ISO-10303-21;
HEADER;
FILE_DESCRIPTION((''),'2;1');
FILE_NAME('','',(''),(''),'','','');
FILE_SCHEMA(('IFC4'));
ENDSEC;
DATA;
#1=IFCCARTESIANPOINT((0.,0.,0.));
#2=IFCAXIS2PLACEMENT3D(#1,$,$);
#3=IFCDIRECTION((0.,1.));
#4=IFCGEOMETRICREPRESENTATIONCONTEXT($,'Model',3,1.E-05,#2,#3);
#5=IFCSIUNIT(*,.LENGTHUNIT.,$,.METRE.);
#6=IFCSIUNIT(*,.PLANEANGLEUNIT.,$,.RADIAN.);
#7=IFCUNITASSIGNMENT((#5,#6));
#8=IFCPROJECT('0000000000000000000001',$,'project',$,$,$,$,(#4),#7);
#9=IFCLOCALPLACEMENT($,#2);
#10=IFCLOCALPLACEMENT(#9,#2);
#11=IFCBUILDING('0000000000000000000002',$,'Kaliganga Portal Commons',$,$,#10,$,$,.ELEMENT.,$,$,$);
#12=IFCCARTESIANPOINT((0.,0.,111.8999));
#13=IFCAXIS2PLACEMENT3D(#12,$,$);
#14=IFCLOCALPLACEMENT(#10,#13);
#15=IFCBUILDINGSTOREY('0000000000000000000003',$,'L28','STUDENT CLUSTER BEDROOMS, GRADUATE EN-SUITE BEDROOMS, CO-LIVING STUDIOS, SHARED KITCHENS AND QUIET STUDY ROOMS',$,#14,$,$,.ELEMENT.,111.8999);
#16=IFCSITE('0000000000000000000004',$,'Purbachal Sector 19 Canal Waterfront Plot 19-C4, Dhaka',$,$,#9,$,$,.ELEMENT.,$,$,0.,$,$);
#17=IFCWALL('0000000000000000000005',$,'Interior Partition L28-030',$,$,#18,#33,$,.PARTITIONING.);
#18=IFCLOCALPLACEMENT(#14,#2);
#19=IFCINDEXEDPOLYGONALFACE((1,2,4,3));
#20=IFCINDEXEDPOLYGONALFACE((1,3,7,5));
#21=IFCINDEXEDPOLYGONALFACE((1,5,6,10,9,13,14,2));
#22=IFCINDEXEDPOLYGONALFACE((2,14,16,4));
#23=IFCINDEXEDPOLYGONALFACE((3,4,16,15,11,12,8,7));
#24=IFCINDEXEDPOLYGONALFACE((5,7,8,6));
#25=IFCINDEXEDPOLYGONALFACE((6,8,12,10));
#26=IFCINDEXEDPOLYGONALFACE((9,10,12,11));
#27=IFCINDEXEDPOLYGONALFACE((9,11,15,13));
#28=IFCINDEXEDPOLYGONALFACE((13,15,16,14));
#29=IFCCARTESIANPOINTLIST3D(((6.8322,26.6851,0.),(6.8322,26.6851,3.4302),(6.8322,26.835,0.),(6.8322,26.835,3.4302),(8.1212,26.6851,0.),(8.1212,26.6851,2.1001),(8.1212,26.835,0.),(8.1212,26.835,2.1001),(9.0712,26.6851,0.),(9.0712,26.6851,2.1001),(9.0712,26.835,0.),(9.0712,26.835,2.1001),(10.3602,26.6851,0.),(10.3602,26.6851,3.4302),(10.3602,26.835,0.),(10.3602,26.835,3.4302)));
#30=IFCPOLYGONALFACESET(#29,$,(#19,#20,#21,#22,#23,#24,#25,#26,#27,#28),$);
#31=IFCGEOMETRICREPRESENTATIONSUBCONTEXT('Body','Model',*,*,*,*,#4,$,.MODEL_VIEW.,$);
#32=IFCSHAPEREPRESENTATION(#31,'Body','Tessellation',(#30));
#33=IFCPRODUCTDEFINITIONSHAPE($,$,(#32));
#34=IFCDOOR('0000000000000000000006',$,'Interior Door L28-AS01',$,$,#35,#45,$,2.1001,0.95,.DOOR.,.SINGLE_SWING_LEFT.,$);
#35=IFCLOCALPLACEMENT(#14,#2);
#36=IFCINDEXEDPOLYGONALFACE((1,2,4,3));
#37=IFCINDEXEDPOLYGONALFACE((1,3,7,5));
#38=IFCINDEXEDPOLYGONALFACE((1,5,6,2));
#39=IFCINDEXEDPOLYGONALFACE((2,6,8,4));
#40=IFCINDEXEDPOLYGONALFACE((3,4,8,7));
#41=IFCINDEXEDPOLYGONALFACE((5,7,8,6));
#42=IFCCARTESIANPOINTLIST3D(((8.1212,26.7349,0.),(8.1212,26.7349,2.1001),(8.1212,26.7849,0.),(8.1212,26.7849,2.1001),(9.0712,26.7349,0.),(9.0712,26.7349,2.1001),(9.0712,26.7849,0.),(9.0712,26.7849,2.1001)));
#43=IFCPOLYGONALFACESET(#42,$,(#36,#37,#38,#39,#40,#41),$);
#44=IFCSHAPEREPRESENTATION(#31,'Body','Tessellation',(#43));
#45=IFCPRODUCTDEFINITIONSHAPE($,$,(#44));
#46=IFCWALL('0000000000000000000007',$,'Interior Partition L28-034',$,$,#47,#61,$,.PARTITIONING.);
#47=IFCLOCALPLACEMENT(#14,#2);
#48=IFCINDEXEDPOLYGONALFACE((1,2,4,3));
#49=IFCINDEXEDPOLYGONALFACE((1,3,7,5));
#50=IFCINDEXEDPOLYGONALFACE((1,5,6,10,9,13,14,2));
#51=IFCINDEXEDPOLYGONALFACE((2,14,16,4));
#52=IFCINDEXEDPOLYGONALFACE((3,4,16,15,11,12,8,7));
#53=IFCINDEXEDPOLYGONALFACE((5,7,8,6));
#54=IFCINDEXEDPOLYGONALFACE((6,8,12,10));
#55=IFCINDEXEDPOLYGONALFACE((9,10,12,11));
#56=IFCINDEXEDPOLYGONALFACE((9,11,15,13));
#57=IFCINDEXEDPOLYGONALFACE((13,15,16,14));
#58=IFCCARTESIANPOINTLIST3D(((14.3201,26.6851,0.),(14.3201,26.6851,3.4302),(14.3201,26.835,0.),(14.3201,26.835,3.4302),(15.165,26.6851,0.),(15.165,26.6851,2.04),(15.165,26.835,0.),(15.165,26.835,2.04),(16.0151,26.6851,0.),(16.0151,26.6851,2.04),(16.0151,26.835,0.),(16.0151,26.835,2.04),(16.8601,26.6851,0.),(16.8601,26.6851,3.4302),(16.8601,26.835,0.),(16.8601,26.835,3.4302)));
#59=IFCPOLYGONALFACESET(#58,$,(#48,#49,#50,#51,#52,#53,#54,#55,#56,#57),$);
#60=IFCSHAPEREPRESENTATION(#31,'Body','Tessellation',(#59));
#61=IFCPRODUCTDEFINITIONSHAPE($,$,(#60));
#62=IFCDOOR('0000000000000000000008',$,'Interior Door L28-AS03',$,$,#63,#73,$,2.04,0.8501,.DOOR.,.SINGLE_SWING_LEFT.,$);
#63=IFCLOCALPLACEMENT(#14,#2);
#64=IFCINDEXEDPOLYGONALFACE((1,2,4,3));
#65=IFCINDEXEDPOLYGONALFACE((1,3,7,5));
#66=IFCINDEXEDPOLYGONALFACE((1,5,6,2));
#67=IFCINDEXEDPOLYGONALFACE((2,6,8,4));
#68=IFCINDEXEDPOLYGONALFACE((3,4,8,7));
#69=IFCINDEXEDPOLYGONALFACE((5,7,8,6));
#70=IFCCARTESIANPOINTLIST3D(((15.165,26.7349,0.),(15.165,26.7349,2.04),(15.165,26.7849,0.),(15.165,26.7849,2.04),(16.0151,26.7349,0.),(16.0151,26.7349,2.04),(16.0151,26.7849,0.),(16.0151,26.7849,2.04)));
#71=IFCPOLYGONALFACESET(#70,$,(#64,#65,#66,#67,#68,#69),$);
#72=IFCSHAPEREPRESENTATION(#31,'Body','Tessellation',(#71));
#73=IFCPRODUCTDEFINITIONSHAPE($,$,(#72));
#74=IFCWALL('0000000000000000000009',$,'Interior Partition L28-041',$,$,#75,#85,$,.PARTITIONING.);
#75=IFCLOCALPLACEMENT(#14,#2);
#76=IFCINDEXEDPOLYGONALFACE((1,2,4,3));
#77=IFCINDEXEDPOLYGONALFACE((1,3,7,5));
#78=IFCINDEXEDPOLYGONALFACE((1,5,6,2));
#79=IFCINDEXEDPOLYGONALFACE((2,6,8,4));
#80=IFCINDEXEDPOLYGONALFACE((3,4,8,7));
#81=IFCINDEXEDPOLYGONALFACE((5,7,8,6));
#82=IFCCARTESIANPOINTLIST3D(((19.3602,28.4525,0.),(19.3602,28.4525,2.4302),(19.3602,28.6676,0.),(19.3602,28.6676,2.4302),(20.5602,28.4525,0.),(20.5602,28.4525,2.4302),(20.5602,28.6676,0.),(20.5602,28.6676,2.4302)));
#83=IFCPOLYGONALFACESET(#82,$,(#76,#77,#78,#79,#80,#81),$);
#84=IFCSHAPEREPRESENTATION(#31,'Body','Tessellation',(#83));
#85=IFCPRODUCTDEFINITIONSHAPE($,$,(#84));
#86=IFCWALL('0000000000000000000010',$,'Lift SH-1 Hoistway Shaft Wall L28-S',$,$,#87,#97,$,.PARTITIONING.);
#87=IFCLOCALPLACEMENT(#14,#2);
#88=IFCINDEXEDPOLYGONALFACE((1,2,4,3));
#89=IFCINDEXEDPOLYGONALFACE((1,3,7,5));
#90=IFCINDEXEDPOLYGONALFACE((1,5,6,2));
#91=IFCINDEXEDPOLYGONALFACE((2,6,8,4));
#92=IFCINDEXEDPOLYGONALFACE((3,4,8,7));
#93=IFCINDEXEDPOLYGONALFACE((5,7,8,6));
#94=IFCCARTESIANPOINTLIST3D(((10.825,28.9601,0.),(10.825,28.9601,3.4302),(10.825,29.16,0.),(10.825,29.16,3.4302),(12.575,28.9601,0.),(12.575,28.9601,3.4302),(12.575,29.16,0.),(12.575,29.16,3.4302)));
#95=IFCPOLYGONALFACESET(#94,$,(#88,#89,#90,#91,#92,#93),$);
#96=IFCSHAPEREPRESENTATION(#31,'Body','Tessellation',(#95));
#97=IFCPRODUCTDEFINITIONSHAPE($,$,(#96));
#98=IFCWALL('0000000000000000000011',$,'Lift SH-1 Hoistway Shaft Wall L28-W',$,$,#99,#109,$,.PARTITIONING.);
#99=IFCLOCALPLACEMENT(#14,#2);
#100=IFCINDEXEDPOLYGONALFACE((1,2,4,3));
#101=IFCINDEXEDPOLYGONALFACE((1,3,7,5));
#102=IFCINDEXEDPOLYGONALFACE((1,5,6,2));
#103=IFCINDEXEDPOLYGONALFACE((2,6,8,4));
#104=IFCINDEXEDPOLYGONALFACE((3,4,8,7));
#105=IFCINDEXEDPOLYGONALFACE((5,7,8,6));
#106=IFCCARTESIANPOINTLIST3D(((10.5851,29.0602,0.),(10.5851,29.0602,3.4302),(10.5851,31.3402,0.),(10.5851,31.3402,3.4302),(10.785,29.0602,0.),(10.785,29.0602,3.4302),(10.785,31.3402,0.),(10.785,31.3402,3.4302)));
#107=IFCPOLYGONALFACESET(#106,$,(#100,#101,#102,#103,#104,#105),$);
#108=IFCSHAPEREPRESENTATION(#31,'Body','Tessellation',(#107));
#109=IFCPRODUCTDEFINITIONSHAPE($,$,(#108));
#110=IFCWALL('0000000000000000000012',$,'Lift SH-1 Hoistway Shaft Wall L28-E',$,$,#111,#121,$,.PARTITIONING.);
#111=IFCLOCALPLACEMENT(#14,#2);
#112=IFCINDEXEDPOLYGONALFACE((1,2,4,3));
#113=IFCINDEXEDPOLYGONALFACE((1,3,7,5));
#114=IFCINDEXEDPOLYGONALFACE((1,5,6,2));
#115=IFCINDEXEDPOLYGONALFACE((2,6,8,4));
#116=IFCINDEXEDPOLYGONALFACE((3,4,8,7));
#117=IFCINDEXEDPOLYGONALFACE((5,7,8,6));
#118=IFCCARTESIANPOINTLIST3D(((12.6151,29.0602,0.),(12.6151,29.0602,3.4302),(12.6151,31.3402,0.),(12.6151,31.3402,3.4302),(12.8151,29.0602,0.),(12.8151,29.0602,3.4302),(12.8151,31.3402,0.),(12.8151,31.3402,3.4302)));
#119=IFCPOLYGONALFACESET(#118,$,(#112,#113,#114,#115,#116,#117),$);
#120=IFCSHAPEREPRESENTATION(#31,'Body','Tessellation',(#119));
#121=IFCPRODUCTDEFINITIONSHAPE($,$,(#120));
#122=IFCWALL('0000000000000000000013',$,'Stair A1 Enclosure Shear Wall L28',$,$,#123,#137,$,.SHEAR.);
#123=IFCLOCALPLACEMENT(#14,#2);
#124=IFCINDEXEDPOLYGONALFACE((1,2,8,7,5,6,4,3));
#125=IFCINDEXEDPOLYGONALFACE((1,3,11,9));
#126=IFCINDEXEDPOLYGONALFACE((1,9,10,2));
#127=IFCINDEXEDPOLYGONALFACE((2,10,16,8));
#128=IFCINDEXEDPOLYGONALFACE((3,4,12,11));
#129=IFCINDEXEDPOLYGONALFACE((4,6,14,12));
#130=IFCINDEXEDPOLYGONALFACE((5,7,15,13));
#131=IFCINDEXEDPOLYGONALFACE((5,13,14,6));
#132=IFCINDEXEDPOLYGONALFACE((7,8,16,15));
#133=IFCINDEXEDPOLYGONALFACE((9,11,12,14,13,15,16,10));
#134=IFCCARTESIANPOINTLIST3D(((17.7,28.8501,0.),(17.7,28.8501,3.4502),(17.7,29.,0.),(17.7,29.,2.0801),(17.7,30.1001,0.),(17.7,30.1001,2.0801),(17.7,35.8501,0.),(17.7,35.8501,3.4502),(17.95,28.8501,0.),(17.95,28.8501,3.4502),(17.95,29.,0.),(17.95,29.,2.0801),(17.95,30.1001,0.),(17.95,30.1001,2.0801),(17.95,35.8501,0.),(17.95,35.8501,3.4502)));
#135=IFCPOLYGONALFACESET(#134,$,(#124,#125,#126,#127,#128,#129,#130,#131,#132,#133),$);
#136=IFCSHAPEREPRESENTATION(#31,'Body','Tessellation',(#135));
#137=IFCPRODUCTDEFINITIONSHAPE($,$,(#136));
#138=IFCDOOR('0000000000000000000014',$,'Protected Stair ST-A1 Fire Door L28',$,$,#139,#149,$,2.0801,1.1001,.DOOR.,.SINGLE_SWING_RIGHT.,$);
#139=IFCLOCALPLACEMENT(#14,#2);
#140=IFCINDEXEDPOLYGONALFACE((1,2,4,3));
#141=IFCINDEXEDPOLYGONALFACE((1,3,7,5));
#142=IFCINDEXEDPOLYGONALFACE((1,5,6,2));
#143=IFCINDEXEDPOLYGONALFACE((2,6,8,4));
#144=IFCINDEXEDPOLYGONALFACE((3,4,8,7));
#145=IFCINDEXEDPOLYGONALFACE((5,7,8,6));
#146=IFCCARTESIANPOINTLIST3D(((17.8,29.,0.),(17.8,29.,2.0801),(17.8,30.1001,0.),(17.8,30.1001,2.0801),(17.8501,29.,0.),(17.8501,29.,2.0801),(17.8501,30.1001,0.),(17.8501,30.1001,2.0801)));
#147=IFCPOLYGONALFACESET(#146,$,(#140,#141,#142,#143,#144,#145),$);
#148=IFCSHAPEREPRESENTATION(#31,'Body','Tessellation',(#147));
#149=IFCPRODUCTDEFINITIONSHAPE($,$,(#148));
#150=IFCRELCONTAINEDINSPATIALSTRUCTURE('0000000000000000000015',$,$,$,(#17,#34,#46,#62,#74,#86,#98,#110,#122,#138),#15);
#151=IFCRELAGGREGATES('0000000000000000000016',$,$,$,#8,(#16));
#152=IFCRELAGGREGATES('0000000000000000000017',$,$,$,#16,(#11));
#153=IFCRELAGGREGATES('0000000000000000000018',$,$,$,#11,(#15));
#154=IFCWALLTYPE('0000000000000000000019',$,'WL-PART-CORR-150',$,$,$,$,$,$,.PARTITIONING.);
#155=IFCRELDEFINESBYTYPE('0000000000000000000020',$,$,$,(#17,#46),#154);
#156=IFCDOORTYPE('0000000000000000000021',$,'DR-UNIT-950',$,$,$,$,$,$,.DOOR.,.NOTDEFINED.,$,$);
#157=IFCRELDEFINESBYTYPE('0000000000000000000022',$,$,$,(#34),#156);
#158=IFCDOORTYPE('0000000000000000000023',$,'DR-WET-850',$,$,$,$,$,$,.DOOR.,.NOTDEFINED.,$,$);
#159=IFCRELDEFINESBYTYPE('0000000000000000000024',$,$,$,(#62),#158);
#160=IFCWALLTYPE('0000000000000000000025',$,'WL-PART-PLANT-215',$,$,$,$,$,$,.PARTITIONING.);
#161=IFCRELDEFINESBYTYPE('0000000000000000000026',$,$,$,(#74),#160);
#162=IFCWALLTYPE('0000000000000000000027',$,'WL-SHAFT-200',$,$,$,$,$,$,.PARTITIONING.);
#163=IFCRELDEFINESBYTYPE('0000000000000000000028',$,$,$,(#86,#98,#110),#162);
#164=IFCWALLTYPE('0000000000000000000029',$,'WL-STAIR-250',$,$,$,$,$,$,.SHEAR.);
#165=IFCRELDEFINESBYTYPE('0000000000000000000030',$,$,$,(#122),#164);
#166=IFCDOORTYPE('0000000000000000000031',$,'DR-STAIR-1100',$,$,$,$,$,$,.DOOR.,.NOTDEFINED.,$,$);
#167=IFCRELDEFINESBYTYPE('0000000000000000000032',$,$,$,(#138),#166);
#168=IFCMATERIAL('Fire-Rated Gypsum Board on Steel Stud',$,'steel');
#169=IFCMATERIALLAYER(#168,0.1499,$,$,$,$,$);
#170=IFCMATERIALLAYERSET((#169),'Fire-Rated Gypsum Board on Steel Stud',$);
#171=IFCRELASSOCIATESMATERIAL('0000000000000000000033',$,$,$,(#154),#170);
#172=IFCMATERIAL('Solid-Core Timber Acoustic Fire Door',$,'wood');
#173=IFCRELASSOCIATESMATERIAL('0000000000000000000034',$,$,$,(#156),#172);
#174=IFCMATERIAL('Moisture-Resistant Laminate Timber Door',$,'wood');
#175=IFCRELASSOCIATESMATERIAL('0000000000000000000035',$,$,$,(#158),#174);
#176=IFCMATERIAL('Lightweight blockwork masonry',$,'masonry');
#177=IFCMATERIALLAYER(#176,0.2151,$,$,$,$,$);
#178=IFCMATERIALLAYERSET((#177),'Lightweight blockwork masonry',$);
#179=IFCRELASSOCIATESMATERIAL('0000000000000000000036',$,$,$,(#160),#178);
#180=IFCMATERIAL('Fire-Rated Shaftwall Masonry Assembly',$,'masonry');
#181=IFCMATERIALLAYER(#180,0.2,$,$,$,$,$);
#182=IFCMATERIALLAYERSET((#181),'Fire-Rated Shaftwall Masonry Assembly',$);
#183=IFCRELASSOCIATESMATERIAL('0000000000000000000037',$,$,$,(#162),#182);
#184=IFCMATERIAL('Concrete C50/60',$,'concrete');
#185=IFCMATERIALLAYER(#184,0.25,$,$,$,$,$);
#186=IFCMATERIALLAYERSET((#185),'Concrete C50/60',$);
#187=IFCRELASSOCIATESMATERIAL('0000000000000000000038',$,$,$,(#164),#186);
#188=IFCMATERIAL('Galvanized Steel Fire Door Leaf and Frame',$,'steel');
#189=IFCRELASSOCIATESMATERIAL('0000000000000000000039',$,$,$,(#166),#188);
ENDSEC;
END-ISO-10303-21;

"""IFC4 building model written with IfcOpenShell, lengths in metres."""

from ifc_helpers import new_model, si_unit, direction, frame, frame_2d, origin, place, context, subcontext, project, spatial, rectangle, extrude, material, layer, layer_set, type_object, element, fill, save


model = new_model("IFC4")

# Units and contexts
model_context = context("Model", 3, precision=1e-05, world=origin(), true_north=direction((0.0, 1.0)))
body_context = subcontext(model_context, "Body", "Model", "MODEL_VIEW")
ifc_project = project(units=[si_unit("LENGTHUNIT", "METRE"), si_unit("PLANEANGLEUNIT", "RADIAN")], contexts=[model_context])

# Site, building, storey
site_placement = place(None, origin())
site = spatial("IfcSite", under=ifc_project, at=site_placement, Name="Purbachal Sector 19 Canal Waterfront Plot 19-C4, Dhaka", CompositionType="ELEMENT", RefElevation=0.0)
building_placement = place(site_placement, origin())
building = spatial("IfcBuilding", under=site, at=building_placement, Name="Kaliganga Portal Commons", CompositionType="ELEMENT")
storey_placement = place(building_placement, frame((0.0, 0.0, 111.8999)))
storey = spatial("IfcBuildingStorey", under=building, at=storey_placement, Name="L28", Description="STUDENT CLUSTER BEDROOMS, GRADUATE EN-SUITE BEDROOMS, CO-LIVING STUDIOS, SHARED KITCHENS AND QUIET STUDY ROOMS", CompositionType="ELEMENT", Elevation=111.8999)

# Shared definitions
ifc_material_1 = material(Name="Concrete C50/60", Category="concrete")

# Walls, openings, doors
ifc_material_2 = material(Name="Fire-Rated Gypsum Board on Steel Stud", Category="steel")
ifc_layer_1 = layer(ifc_material_2, 0.1499)
ifc_layer_set_1 = layer_set([ifc_layer_1], Name="Fire-Rated Gypsum Board on Steel Stud")
wall_type_1 = type_object("IfcWallType", Name="WL-PART-CORR-150", PredefinedType="PARTITIONING", material=ifc_layer_set_1)
ifc_material_3 = material(Name="Solid-Core Timber Acoustic Fire Door", Category="wood")
door_type_1 = type_object("IfcDoorType", Name="DR-UNIT-950", OperationType="NOTDEFINED", PredefinedType="DOOR", material=ifc_material_3)
wall_1_placement = place(storey_placement, frame((6.832, 26.76, 0.0), z_axis=(0.0, 0.0, 1.0), x_axis=(1.0, 0.0, 0.0)))
wall_1 = element("IfcWall", 1, at=wall_1_placement, inside=storey, type_object=wall_type_1, Name="Interior Partition L28-030", PredefinedType="PARTITIONING", context=body_context, shape_type="SweptSolid", body=[
    extrude(rectangle(XDim=3.5281, YDim=0.1499, at=frame_2d((1.7642, 0.0))), origin(), (0.0, 0.0, 1.0), 3.4302),
])
opening_1_placement = place(wall_1_placement, frame((1.2891, 0.0, 0.0)))
opening_1 = element("IfcOpeningElement", 2, at=opening_1_placement, cuts=wall_1, PredefinedType="OPENING", context=body_context, shape_type="SweptSolid", body=[
    extrude(rectangle(XDim=0.95, YDim=2.1001, at=frame_2d((0.4751, 1.05))), frame((0.0, 0.085, 0.0), z_axis=(0.0, -1.0, 0.0), x_axis=(1.0, 0.0, 0.0)), (0.0, 0.0, 1.0), 0.1699),
])
door_1_placement = place(opening_1_placement, origin())
door_1 = element("IfcDoor", 3, at=door_1_placement, inside=storey, type_object=door_type_1, Name="Interior Door L28-AS01", OperationType="SINGLE_SWING_LEFT", OverallHeight=2.1001, OverallWidth=0.95, PredefinedType="DOOR", context=body_context, shape_type="SweptSolid", body=[
    extrude(rectangle(XDim=0.95, YDim=2.1001, at=frame_2d((0.4751, 1.05))), frame((0.0, 0.0249, 0.0), z_axis=(0.0, -1.0, 0.0), x_axis=(1.0, 0.0, 0.0)), (0.0, 0.0, 1.0), 0.05),
])
fill(opening_1, door_1)
wall_2_placement = place(storey_placement, frame((14.3201, 26.76, 0.0), z_axis=(0.0, 0.0, 1.0), x_axis=(1.0, 0.0, 0.0)))
wall_2 = element("IfcWall", 4, at=wall_2_placement, inside=storey, type_object=wall_type_1, Name="Interior Partition L28-034", PredefinedType="PARTITIONING", context=body_context, shape_type="SweptSolid", body=[
    extrude(rectangle(XDim=2.54, YDim=0.1499, at=frame_2d((1.27, 0.0))), origin(), (0.0, 0.0, 1.0), 3.4302),
])
opening_2_placement = place(wall_2_placement, frame((0.845, 0.0, 0.0)))
opening_2 = element("IfcOpeningElement", 5, at=opening_2_placement, cuts=wall_2, PredefinedType="OPENING", context=body_context, shape_type="SweptSolid", body=[
    extrude(rectangle(XDim=0.8501, YDim=2.04, at=frame_2d((0.425, 1.02))), frame((0.0, 0.085, 0.0), z_axis=(0.0, -1.0, 0.0), x_axis=(1.0, 0.0, 0.0)), (0.0, 0.0, 1.0), 0.1699),
])
ifc_material_4 = material(Name="Moisture-Resistant Laminate Timber Door", Category="wood")
door_type_2 = type_object("IfcDoorType", Name="DR-WET-850", OperationType="NOTDEFINED", PredefinedType="DOOR", material=ifc_material_4)
door_2_placement = place(opening_2_placement, origin())
door_2 = element("IfcDoor", 6, at=door_2_placement, inside=storey, type_object=door_type_2, Name="Interior Door L28-AS03", OperationType="SINGLE_SWING_LEFT", OverallHeight=2.04, OverallWidth=0.8501, PredefinedType="DOOR", context=body_context, shape_type="SweptSolid", body=[
    extrude(rectangle(XDim=0.8501, YDim=2.04, at=frame_2d((0.425, 1.02))), frame((0.0, 0.0249, 0.0), z_axis=(0.0, -1.0, 0.0), x_axis=(1.0, 0.0, 0.0)), (0.0, 0.0, 1.0), 0.05),
])
fill(opening_2, door_2)
ifc_material_5 = material(Name="Lightweight blockwork masonry", Category="masonry")
ifc_layer_2 = layer(ifc_material_5, 0.2151)
ifc_layer_set_2 = layer_set([ifc_layer_2], Name="Lightweight blockwork masonry")
wall_type_2 = type_object("IfcWallType", Name="WL-PART-PLANT-215", PredefinedType="PARTITIONING", material=ifc_layer_set_2)

# Walls
wall_3_placement = place(storey_placement, frame((19.3601, 28.5601, 0.0), z_axis=(0.0, 0.0, 1.0), x_axis=(1.0, 0.0, 0.0)))
element("IfcWall", 7, at=wall_3_placement, inside=storey, type_object=wall_type_2, Name="Interior Partition L28-041", PredefinedType="PARTITIONING", context=body_context, shape_type="SweptSolid", body=[
    extrude(rectangle(XDim=1.2, YDim=0.2151, at=frame_2d((0.6001, 0.0))), origin(), (0.0, 0.0, 1.0), 2.4302),
])
ifc_material_6 = material(Name="Fire-Rated Shaftwall Masonry Assembly", Category="masonry")
ifc_layer_3 = layer(ifc_material_6, 0.2)
ifc_layer_set_3 = layer_set([ifc_layer_3], Name="Fire-Rated Shaftwall Masonry Assembly")
wall_type_3 = type_object("IfcWallType", Name="WL-SHAFT-200", PredefinedType="PARTITIONING", material=ifc_layer_set_3)
wall_4_placement = place(storey_placement, frame((10.825, 29.0601, 0.0), z_axis=(0.0, 0.0, 1.0), x_axis=(1.0, 0.0, 0.0)))
element("IfcWall", 8, at=wall_4_placement, inside=storey, type_object=wall_type_3, Name="Lift SH-1 Hoistway Shaft Wall L28-S", PredefinedType="PARTITIONING", context=body_context, shape_type="SweptSolid", body=[
    extrude(rectangle(XDim=1.75, YDim=0.2, at=frame_2d((0.875, 0.0))), origin(), (0.0, 0.0, 1.0), 3.4302),
])
for number, where, z_axis, x_axis, name in (
    (9, (10.6851, 29.0601, 0.0), (0.0, 0.0, 1.0), (0.0, 1.0, 0.0), "Lift SH-1 Hoistway Shaft Wall L28-W"),
    (10, (12.7151, 29.0601, 0.0), (0.0, 0.0, 1.0), (0.0, 1.0, 0.0), "Lift SH-1 Hoistway Shaft Wall L28-E"),
):
    element("IfcWall", number, at=place(storey_placement, frame(where, z_axis=z_axis, x_axis=x_axis)), inside=storey, type_object=wall_type_3, Name=name, PredefinedType="PARTITIONING", context=body_context, shape_type="SweptSolid", body=[
        extrude(rectangle(XDim=2.28, YDim=0.2, at=frame_2d((1.1401, 0.0))), origin(), (0.0, 0.0, 1.0), 3.4302),
    ])

# Wall, opening, door
ifc_layer_4 = layer(ifc_material_1, 0.25)
ifc_layer_set_4 = layer_set([ifc_layer_4], Name="Concrete C50/60")
wall_type_4 = type_object("IfcWallType", Name="WL-STAIR-250", PredefinedType="SHEAR", material=ifc_layer_set_4)
wall_5_placement = place(storey_placement, frame((17.825, 28.8501, 0.0), z_axis=(0.0, 0.0, 1.0), x_axis=(0.0, 1.0, 0.0)))
wall_5 = element("IfcWall", 11, at=wall_5_placement, inside=storey, type_object=wall_type_4, Name="Stair A1 Enclosure Shear Wall L28", PredefinedType="SHEAR", context=body_context, shape_type="SweptSolid", body=[
    extrude(rectangle(XDim=7.0, YDim=0.25, at=frame_2d((3.5, 0.0))), origin(), (0.0, 0.0, 1.0), 3.4502),
])
opening_3_placement = place(wall_5_placement, frame((0.1499, 0.0, 0.0)))
opening_3 = element("IfcOpeningElement", 12, at=opening_3_placement, cuts=wall_5, PredefinedType="OPENING", context=body_context, shape_type="SweptSolid", body=[
    extrude(rectangle(XDim=1.1001, YDim=2.0801, at=frame_2d((0.55, 1.04))), frame((0.0, 0.135, 0.0), z_axis=(0.0, -1.0, 0.0), x_axis=(1.0, 0.0, 0.0)), (0.0, 0.0, 1.0), 0.27),
])
ifc_material_7 = material(Name="Galvanized Steel Fire Door Leaf and Frame", Category="steel")
door_type_3 = type_object("IfcDoorType", Name="DR-STAIR-1100", OperationType="NOTDEFINED", PredefinedType="DOOR", material=ifc_material_7)
door_3_placement = place(opening_3_placement, origin())
door_3 = element("IfcDoor", 13, at=door_3_placement, inside=storey, type_object=door_type_3, Name="Protected Stair ST-A1 Fire Door L28", OperationType="SINGLE_SWING_RIGHT", OverallHeight=2.0801, OverallWidth=1.1001, PredefinedType="DOOR", context=body_context, shape_type="SweptSolid", body=[
    extrude(rectangle(XDim=1.1001, YDim=2.0801, at=frame_2d((0.55, 1.04))), frame((0.0, 0.0249, 0.0), z_axis=(0.0, -1.0, 0.0), x_axis=(1.0, 0.0, 0.0)), (0.0, 0.0, 1.0), 0.05),
])
fill(opening_3, door_3)

save(model, "model.ifc")
